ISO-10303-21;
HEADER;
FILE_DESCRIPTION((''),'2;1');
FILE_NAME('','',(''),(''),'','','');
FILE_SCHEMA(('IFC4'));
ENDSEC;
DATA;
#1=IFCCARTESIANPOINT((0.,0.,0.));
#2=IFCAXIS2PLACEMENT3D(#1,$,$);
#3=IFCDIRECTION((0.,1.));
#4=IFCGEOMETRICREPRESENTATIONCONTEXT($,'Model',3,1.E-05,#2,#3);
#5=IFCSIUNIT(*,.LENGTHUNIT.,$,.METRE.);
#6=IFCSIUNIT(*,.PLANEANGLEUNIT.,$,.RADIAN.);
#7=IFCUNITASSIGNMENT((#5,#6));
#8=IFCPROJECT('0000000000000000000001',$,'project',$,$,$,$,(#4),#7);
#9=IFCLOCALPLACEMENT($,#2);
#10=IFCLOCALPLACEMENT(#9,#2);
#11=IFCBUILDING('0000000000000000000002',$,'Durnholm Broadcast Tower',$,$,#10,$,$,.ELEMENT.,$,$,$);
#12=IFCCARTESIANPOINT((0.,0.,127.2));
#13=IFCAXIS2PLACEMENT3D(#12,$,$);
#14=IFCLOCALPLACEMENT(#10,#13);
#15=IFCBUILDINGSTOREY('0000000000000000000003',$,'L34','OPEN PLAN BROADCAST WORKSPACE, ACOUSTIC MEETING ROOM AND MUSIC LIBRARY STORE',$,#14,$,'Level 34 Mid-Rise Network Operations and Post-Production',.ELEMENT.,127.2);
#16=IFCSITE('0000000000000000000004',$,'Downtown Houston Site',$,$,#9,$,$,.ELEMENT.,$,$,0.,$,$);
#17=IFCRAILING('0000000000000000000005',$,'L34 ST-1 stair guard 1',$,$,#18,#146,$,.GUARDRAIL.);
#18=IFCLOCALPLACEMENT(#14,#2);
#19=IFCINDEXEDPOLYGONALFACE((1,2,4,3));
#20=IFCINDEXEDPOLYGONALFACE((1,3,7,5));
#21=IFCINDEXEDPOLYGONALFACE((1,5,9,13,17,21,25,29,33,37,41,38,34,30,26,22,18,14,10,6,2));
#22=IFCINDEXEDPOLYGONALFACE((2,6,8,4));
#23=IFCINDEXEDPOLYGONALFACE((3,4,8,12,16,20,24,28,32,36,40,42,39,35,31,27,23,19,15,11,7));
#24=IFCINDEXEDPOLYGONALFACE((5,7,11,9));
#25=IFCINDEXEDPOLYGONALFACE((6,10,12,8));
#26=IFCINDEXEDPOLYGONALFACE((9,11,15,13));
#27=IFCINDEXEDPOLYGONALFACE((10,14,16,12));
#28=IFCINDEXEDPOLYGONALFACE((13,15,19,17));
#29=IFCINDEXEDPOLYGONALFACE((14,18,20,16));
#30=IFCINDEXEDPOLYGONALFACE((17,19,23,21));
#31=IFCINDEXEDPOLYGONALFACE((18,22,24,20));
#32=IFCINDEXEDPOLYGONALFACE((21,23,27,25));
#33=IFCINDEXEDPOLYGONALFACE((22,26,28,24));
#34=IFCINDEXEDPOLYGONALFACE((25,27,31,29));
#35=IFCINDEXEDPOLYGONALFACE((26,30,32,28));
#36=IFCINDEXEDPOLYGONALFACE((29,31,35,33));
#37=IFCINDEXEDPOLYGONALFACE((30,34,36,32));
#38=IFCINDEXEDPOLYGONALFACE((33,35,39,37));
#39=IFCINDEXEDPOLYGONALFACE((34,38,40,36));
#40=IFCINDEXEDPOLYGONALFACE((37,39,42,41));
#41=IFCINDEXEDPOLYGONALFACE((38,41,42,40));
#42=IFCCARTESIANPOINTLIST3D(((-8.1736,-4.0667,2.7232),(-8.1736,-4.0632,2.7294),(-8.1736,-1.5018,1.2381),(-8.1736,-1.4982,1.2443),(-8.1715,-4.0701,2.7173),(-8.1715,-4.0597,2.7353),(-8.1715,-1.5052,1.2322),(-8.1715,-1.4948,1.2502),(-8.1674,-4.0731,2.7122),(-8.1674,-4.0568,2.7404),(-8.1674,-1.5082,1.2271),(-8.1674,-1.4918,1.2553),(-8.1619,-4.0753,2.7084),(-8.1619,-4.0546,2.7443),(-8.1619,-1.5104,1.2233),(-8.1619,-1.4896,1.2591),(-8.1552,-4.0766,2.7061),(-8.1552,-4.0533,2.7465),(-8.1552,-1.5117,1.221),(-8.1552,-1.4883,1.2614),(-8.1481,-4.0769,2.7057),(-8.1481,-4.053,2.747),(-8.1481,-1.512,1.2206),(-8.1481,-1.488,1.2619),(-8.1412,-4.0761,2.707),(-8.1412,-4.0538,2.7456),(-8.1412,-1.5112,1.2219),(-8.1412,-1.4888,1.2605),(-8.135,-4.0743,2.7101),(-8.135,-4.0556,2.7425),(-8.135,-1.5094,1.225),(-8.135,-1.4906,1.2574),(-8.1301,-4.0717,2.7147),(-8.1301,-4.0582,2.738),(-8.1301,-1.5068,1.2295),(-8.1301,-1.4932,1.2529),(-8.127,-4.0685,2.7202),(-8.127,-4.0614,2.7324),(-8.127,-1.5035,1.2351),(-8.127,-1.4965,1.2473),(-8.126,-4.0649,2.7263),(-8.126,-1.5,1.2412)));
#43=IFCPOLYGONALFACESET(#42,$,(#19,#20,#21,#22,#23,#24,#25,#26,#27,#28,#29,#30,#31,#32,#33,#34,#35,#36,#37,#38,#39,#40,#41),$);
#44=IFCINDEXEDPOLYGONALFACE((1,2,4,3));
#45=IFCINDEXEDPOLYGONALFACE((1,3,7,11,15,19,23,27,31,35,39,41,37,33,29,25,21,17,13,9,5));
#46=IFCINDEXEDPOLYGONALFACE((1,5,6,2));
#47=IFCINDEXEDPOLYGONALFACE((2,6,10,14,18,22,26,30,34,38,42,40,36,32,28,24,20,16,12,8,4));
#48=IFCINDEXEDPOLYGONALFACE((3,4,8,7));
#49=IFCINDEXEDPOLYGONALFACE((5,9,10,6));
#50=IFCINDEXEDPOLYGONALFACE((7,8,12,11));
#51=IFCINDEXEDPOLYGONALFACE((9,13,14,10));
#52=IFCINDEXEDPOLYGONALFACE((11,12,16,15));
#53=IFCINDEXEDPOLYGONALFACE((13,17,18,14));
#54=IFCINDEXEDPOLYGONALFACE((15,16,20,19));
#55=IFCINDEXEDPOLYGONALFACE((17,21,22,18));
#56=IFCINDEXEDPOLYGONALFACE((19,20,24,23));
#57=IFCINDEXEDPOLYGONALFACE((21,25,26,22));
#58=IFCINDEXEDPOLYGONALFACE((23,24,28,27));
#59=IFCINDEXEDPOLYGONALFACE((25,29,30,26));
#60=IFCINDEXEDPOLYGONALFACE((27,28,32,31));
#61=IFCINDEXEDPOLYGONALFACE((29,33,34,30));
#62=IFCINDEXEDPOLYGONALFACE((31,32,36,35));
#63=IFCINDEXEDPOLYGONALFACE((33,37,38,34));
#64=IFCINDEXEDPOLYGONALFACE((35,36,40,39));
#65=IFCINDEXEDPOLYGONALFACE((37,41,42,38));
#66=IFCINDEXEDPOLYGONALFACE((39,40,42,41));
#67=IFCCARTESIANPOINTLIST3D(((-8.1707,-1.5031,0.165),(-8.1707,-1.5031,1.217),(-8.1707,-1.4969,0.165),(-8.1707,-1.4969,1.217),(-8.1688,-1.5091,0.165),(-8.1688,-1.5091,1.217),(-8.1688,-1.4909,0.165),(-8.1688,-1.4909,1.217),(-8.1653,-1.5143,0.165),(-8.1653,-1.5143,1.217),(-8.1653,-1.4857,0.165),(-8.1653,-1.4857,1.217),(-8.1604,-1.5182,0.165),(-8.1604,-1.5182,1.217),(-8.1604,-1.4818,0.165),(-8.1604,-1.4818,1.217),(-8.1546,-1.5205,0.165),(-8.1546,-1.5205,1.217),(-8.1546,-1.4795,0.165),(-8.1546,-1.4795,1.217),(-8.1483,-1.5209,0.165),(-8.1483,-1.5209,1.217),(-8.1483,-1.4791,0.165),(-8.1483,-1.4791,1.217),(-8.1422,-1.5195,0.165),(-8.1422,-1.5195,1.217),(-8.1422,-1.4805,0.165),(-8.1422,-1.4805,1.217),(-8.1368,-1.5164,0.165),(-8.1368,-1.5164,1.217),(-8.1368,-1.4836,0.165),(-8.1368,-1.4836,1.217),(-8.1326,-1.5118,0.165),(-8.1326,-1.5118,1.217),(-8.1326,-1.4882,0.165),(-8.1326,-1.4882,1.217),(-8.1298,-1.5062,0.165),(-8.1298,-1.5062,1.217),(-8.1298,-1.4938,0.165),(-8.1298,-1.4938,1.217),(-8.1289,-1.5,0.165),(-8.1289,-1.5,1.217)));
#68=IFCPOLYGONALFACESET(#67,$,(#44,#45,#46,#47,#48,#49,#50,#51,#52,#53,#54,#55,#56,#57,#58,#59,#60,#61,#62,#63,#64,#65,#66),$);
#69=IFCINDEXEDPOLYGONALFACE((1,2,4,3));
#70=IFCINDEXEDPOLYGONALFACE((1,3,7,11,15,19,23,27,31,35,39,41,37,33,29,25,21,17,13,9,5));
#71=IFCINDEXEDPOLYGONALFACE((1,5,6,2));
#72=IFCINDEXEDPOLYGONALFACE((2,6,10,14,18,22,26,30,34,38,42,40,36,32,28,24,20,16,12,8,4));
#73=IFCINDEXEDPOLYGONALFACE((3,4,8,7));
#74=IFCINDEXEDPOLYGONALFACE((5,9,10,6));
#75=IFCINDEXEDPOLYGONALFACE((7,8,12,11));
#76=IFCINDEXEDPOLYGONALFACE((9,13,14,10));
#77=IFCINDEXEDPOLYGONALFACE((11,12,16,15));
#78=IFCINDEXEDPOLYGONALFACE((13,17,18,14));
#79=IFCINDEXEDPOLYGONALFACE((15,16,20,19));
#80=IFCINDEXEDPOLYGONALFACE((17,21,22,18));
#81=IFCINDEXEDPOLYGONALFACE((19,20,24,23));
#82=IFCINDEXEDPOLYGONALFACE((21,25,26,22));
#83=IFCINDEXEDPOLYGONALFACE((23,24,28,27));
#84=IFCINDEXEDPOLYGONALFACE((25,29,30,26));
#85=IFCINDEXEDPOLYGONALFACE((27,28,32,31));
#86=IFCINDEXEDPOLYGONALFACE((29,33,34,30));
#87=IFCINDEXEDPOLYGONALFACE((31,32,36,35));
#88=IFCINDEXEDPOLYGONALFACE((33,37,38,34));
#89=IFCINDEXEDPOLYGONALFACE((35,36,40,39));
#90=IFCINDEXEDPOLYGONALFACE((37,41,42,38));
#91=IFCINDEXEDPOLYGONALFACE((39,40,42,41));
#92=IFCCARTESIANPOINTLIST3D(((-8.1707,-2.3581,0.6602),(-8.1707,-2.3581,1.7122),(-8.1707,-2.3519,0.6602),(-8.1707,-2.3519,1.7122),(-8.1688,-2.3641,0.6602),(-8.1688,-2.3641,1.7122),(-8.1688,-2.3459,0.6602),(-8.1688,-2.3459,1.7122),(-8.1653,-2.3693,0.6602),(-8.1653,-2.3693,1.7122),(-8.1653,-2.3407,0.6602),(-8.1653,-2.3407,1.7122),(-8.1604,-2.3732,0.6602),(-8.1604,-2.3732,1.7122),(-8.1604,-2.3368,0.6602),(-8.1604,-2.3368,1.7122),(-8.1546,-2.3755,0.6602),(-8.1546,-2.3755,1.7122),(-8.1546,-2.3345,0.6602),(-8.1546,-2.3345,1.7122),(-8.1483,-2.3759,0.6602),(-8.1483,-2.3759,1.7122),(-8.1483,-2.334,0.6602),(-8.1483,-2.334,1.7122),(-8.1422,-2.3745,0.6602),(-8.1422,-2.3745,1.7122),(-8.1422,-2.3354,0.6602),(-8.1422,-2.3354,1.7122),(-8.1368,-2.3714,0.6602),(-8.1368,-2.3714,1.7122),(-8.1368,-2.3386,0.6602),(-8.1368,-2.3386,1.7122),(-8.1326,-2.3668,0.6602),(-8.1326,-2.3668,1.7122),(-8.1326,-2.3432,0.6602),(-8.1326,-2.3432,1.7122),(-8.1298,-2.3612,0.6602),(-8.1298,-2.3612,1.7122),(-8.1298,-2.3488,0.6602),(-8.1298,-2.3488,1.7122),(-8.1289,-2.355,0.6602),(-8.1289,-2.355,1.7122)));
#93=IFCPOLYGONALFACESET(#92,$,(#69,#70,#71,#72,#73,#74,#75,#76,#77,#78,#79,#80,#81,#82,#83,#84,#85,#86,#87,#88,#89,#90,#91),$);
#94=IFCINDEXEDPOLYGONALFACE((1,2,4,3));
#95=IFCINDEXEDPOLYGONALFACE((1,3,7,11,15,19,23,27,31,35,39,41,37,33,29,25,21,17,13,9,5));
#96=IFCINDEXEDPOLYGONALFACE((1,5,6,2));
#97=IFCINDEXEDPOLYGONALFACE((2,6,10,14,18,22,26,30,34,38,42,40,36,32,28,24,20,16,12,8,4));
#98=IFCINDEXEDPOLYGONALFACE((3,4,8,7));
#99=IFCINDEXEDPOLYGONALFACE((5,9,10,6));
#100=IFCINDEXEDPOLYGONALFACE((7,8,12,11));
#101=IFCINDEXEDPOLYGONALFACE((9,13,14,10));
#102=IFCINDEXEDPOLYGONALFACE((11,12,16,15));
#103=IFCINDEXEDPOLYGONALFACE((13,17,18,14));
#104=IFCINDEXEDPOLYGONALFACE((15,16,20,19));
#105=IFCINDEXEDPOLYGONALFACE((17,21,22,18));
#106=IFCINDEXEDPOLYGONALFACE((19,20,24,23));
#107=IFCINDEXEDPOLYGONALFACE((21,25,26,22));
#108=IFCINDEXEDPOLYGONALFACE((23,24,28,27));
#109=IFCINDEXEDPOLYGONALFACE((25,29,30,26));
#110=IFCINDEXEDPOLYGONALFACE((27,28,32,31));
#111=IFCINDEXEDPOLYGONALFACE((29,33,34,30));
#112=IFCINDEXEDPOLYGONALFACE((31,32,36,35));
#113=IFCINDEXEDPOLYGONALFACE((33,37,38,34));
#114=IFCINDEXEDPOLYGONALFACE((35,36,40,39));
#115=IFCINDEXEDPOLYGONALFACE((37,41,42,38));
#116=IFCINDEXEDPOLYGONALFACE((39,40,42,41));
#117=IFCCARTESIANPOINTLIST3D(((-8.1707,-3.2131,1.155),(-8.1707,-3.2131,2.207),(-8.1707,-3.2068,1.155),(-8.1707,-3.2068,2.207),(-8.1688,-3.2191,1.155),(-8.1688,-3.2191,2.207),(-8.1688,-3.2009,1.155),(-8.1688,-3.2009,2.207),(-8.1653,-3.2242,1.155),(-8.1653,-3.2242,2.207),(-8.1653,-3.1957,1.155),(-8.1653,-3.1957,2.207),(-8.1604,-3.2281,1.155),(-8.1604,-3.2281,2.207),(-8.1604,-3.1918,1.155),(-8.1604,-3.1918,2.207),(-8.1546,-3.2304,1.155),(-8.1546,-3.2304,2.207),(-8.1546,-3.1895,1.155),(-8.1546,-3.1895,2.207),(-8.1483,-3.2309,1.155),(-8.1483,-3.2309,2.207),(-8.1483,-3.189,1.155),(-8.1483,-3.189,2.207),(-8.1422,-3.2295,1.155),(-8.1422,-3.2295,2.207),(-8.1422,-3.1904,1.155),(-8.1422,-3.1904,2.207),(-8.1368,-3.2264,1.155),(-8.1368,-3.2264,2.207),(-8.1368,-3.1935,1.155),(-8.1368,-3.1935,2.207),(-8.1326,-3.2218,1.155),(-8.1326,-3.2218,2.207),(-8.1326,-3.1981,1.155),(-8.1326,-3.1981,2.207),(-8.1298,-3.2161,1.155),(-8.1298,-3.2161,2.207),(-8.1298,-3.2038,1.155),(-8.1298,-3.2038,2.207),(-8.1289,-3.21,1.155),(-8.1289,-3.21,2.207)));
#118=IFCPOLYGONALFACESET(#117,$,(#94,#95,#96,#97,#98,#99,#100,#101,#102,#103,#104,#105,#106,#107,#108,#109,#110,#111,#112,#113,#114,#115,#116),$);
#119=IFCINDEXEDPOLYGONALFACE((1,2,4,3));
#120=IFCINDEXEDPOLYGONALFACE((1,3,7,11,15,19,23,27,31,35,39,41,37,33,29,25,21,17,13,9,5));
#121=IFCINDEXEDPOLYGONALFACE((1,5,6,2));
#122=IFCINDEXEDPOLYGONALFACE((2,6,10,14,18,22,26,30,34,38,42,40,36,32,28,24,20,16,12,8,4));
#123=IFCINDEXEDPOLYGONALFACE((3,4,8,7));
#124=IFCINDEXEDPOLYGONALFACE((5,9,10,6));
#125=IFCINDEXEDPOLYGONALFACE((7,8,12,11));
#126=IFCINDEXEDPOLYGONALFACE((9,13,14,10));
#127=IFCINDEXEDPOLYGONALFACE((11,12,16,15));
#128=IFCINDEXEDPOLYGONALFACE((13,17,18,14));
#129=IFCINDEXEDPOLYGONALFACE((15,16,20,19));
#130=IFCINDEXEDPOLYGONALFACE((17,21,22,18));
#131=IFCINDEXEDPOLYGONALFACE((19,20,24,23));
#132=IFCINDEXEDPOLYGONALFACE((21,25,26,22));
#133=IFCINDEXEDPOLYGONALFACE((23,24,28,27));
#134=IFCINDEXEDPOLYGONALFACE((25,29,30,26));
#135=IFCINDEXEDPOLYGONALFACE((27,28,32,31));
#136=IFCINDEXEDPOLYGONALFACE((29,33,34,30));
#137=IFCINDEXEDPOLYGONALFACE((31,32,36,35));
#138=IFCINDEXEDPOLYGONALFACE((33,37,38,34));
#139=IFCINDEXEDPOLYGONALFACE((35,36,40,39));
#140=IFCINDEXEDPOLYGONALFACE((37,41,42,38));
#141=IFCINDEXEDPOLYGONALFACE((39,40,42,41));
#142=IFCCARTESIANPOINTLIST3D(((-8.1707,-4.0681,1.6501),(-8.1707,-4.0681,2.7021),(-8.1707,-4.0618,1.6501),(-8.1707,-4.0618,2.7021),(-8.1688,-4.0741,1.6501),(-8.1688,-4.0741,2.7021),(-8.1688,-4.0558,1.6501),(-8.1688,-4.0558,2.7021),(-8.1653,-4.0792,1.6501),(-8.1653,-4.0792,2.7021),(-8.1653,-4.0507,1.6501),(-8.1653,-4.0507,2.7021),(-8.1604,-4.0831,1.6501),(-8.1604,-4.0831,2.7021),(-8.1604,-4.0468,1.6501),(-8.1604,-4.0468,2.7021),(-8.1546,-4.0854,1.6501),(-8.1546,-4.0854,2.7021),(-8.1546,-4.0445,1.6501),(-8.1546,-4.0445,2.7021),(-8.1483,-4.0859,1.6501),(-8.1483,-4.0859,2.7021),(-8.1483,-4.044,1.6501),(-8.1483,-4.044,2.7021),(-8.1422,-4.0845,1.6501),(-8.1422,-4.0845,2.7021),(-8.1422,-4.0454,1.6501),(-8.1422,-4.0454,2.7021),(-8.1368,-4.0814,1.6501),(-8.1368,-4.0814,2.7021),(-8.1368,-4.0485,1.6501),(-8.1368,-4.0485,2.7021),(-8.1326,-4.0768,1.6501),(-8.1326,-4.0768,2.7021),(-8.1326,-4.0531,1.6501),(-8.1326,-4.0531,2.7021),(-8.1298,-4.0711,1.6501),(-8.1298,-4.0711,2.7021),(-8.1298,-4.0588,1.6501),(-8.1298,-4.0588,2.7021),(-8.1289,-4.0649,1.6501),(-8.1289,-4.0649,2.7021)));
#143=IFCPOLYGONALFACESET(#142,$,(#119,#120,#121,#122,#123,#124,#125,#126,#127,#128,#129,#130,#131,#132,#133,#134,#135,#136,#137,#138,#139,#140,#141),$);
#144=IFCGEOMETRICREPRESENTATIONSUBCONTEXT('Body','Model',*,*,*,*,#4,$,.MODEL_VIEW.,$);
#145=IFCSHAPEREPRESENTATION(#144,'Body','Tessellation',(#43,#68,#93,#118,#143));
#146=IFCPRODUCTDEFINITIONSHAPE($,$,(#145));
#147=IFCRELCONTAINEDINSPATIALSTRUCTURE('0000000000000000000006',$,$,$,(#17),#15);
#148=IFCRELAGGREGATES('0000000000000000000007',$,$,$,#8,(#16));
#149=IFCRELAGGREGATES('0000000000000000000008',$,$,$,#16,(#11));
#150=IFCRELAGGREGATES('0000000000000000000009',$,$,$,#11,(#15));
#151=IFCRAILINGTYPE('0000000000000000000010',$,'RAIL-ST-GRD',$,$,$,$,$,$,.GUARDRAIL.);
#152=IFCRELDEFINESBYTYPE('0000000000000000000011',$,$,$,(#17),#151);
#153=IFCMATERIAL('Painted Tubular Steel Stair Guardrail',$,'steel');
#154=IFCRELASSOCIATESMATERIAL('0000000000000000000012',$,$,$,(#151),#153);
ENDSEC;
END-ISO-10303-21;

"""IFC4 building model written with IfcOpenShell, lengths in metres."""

from ifc_helpers import new_model, si_unit, direction, frame, origin, origin_2d, place, context, subcontext, project, spatial, circle, extrude, material, type_object, element, save


model = new_model("IFC4")

# Units and contexts
model_context = context("Model", 3, precision=1e-05, world=origin(), true_north=direction((0.0, 1.0)))
body_context = subcontext(model_context, "Body", "Model", "MODEL_VIEW")
ifc_project = project(units=[si_unit("LENGTHUNIT", "METRE"), si_unit("PLANEANGLEUNIT", "RADIAN")], contexts=[model_context])

# Site, building, storey
site_placement = place(None, origin())
site = spatial("IfcSite", under=ifc_project, at=site_placement, Name="Downtown Houston Site", CompositionType="ELEMENT", RefElevation=0.0)
building_placement = place(site_placement, origin())
building = spatial("IfcBuilding", under=site, at=building_placement, Name="Durnholm Broadcast Tower", CompositionType="ELEMENT")
storey_placement = place(building_placement, frame((0.0, 0.0, 127.2)))
storey = spatial("IfcBuildingStorey", under=building, at=storey_placement, Name="L34", Description="OPEN PLAN BROADCAST WORKSPACE, ACOUSTIC MEETING ROOM AND MUSIC LIBRARY STORE", LongName="Level 34 Mid-Rise Network Operations and Post-Production", CompositionType="ELEMENT", Elevation=127.2)

# Railing
ifc_material_1 = material(Name="Painted Tubular Steel Stair Guardrail", Category="steel")
railing_type_1 = type_object("IfcRailingType", Name="RAIL-ST-GRD", PredefinedType="GUARDRAIL", material=ifc_material_1)
railing_1_placement = place(storey_placement, frame((-8.1499, -1.5, 0.165)))
element("IfcRailing", 1, at=railing_1_placement, inside=storey, type_object=railing_type_1, Name="L34 ST-1 stair guard 1", PredefinedType="GUARDRAIL", context=body_context, shape_type="SweptSolid", body=[
    extrude(circle(Radius=0.0239, at=origin_2d()), frame((0.0, 0.0, 1.0762), z_axis=(0.0, -0.865406, 0.501072), x_axis=(1.0, 0.0, 0.0)), (0.0, 0.0, 1.0), 2.9639),
    extrude(circle(Radius=0.021, at=origin_2d()), origin(), (0.0, 0.0, 1.0), 1.052),
    extrude(circle(Radius=0.021, at=origin_2d()), frame((0.0, -0.855, 0.4951)), (0.0, 0.0, 1.0), 1.052),
    extrude(circle(Radius=0.021, at=origin_2d()), frame((0.0, -1.71, 0.99)), (0.0, 0.0, 1.0), 1.052),
    extrude(circle(Radius=0.021, at=origin_2d()), frame((0.0, -2.5649, 1.4851)), (0.0, 0.0, 1.0), 1.052),
])

save(model, "model.ifc")
